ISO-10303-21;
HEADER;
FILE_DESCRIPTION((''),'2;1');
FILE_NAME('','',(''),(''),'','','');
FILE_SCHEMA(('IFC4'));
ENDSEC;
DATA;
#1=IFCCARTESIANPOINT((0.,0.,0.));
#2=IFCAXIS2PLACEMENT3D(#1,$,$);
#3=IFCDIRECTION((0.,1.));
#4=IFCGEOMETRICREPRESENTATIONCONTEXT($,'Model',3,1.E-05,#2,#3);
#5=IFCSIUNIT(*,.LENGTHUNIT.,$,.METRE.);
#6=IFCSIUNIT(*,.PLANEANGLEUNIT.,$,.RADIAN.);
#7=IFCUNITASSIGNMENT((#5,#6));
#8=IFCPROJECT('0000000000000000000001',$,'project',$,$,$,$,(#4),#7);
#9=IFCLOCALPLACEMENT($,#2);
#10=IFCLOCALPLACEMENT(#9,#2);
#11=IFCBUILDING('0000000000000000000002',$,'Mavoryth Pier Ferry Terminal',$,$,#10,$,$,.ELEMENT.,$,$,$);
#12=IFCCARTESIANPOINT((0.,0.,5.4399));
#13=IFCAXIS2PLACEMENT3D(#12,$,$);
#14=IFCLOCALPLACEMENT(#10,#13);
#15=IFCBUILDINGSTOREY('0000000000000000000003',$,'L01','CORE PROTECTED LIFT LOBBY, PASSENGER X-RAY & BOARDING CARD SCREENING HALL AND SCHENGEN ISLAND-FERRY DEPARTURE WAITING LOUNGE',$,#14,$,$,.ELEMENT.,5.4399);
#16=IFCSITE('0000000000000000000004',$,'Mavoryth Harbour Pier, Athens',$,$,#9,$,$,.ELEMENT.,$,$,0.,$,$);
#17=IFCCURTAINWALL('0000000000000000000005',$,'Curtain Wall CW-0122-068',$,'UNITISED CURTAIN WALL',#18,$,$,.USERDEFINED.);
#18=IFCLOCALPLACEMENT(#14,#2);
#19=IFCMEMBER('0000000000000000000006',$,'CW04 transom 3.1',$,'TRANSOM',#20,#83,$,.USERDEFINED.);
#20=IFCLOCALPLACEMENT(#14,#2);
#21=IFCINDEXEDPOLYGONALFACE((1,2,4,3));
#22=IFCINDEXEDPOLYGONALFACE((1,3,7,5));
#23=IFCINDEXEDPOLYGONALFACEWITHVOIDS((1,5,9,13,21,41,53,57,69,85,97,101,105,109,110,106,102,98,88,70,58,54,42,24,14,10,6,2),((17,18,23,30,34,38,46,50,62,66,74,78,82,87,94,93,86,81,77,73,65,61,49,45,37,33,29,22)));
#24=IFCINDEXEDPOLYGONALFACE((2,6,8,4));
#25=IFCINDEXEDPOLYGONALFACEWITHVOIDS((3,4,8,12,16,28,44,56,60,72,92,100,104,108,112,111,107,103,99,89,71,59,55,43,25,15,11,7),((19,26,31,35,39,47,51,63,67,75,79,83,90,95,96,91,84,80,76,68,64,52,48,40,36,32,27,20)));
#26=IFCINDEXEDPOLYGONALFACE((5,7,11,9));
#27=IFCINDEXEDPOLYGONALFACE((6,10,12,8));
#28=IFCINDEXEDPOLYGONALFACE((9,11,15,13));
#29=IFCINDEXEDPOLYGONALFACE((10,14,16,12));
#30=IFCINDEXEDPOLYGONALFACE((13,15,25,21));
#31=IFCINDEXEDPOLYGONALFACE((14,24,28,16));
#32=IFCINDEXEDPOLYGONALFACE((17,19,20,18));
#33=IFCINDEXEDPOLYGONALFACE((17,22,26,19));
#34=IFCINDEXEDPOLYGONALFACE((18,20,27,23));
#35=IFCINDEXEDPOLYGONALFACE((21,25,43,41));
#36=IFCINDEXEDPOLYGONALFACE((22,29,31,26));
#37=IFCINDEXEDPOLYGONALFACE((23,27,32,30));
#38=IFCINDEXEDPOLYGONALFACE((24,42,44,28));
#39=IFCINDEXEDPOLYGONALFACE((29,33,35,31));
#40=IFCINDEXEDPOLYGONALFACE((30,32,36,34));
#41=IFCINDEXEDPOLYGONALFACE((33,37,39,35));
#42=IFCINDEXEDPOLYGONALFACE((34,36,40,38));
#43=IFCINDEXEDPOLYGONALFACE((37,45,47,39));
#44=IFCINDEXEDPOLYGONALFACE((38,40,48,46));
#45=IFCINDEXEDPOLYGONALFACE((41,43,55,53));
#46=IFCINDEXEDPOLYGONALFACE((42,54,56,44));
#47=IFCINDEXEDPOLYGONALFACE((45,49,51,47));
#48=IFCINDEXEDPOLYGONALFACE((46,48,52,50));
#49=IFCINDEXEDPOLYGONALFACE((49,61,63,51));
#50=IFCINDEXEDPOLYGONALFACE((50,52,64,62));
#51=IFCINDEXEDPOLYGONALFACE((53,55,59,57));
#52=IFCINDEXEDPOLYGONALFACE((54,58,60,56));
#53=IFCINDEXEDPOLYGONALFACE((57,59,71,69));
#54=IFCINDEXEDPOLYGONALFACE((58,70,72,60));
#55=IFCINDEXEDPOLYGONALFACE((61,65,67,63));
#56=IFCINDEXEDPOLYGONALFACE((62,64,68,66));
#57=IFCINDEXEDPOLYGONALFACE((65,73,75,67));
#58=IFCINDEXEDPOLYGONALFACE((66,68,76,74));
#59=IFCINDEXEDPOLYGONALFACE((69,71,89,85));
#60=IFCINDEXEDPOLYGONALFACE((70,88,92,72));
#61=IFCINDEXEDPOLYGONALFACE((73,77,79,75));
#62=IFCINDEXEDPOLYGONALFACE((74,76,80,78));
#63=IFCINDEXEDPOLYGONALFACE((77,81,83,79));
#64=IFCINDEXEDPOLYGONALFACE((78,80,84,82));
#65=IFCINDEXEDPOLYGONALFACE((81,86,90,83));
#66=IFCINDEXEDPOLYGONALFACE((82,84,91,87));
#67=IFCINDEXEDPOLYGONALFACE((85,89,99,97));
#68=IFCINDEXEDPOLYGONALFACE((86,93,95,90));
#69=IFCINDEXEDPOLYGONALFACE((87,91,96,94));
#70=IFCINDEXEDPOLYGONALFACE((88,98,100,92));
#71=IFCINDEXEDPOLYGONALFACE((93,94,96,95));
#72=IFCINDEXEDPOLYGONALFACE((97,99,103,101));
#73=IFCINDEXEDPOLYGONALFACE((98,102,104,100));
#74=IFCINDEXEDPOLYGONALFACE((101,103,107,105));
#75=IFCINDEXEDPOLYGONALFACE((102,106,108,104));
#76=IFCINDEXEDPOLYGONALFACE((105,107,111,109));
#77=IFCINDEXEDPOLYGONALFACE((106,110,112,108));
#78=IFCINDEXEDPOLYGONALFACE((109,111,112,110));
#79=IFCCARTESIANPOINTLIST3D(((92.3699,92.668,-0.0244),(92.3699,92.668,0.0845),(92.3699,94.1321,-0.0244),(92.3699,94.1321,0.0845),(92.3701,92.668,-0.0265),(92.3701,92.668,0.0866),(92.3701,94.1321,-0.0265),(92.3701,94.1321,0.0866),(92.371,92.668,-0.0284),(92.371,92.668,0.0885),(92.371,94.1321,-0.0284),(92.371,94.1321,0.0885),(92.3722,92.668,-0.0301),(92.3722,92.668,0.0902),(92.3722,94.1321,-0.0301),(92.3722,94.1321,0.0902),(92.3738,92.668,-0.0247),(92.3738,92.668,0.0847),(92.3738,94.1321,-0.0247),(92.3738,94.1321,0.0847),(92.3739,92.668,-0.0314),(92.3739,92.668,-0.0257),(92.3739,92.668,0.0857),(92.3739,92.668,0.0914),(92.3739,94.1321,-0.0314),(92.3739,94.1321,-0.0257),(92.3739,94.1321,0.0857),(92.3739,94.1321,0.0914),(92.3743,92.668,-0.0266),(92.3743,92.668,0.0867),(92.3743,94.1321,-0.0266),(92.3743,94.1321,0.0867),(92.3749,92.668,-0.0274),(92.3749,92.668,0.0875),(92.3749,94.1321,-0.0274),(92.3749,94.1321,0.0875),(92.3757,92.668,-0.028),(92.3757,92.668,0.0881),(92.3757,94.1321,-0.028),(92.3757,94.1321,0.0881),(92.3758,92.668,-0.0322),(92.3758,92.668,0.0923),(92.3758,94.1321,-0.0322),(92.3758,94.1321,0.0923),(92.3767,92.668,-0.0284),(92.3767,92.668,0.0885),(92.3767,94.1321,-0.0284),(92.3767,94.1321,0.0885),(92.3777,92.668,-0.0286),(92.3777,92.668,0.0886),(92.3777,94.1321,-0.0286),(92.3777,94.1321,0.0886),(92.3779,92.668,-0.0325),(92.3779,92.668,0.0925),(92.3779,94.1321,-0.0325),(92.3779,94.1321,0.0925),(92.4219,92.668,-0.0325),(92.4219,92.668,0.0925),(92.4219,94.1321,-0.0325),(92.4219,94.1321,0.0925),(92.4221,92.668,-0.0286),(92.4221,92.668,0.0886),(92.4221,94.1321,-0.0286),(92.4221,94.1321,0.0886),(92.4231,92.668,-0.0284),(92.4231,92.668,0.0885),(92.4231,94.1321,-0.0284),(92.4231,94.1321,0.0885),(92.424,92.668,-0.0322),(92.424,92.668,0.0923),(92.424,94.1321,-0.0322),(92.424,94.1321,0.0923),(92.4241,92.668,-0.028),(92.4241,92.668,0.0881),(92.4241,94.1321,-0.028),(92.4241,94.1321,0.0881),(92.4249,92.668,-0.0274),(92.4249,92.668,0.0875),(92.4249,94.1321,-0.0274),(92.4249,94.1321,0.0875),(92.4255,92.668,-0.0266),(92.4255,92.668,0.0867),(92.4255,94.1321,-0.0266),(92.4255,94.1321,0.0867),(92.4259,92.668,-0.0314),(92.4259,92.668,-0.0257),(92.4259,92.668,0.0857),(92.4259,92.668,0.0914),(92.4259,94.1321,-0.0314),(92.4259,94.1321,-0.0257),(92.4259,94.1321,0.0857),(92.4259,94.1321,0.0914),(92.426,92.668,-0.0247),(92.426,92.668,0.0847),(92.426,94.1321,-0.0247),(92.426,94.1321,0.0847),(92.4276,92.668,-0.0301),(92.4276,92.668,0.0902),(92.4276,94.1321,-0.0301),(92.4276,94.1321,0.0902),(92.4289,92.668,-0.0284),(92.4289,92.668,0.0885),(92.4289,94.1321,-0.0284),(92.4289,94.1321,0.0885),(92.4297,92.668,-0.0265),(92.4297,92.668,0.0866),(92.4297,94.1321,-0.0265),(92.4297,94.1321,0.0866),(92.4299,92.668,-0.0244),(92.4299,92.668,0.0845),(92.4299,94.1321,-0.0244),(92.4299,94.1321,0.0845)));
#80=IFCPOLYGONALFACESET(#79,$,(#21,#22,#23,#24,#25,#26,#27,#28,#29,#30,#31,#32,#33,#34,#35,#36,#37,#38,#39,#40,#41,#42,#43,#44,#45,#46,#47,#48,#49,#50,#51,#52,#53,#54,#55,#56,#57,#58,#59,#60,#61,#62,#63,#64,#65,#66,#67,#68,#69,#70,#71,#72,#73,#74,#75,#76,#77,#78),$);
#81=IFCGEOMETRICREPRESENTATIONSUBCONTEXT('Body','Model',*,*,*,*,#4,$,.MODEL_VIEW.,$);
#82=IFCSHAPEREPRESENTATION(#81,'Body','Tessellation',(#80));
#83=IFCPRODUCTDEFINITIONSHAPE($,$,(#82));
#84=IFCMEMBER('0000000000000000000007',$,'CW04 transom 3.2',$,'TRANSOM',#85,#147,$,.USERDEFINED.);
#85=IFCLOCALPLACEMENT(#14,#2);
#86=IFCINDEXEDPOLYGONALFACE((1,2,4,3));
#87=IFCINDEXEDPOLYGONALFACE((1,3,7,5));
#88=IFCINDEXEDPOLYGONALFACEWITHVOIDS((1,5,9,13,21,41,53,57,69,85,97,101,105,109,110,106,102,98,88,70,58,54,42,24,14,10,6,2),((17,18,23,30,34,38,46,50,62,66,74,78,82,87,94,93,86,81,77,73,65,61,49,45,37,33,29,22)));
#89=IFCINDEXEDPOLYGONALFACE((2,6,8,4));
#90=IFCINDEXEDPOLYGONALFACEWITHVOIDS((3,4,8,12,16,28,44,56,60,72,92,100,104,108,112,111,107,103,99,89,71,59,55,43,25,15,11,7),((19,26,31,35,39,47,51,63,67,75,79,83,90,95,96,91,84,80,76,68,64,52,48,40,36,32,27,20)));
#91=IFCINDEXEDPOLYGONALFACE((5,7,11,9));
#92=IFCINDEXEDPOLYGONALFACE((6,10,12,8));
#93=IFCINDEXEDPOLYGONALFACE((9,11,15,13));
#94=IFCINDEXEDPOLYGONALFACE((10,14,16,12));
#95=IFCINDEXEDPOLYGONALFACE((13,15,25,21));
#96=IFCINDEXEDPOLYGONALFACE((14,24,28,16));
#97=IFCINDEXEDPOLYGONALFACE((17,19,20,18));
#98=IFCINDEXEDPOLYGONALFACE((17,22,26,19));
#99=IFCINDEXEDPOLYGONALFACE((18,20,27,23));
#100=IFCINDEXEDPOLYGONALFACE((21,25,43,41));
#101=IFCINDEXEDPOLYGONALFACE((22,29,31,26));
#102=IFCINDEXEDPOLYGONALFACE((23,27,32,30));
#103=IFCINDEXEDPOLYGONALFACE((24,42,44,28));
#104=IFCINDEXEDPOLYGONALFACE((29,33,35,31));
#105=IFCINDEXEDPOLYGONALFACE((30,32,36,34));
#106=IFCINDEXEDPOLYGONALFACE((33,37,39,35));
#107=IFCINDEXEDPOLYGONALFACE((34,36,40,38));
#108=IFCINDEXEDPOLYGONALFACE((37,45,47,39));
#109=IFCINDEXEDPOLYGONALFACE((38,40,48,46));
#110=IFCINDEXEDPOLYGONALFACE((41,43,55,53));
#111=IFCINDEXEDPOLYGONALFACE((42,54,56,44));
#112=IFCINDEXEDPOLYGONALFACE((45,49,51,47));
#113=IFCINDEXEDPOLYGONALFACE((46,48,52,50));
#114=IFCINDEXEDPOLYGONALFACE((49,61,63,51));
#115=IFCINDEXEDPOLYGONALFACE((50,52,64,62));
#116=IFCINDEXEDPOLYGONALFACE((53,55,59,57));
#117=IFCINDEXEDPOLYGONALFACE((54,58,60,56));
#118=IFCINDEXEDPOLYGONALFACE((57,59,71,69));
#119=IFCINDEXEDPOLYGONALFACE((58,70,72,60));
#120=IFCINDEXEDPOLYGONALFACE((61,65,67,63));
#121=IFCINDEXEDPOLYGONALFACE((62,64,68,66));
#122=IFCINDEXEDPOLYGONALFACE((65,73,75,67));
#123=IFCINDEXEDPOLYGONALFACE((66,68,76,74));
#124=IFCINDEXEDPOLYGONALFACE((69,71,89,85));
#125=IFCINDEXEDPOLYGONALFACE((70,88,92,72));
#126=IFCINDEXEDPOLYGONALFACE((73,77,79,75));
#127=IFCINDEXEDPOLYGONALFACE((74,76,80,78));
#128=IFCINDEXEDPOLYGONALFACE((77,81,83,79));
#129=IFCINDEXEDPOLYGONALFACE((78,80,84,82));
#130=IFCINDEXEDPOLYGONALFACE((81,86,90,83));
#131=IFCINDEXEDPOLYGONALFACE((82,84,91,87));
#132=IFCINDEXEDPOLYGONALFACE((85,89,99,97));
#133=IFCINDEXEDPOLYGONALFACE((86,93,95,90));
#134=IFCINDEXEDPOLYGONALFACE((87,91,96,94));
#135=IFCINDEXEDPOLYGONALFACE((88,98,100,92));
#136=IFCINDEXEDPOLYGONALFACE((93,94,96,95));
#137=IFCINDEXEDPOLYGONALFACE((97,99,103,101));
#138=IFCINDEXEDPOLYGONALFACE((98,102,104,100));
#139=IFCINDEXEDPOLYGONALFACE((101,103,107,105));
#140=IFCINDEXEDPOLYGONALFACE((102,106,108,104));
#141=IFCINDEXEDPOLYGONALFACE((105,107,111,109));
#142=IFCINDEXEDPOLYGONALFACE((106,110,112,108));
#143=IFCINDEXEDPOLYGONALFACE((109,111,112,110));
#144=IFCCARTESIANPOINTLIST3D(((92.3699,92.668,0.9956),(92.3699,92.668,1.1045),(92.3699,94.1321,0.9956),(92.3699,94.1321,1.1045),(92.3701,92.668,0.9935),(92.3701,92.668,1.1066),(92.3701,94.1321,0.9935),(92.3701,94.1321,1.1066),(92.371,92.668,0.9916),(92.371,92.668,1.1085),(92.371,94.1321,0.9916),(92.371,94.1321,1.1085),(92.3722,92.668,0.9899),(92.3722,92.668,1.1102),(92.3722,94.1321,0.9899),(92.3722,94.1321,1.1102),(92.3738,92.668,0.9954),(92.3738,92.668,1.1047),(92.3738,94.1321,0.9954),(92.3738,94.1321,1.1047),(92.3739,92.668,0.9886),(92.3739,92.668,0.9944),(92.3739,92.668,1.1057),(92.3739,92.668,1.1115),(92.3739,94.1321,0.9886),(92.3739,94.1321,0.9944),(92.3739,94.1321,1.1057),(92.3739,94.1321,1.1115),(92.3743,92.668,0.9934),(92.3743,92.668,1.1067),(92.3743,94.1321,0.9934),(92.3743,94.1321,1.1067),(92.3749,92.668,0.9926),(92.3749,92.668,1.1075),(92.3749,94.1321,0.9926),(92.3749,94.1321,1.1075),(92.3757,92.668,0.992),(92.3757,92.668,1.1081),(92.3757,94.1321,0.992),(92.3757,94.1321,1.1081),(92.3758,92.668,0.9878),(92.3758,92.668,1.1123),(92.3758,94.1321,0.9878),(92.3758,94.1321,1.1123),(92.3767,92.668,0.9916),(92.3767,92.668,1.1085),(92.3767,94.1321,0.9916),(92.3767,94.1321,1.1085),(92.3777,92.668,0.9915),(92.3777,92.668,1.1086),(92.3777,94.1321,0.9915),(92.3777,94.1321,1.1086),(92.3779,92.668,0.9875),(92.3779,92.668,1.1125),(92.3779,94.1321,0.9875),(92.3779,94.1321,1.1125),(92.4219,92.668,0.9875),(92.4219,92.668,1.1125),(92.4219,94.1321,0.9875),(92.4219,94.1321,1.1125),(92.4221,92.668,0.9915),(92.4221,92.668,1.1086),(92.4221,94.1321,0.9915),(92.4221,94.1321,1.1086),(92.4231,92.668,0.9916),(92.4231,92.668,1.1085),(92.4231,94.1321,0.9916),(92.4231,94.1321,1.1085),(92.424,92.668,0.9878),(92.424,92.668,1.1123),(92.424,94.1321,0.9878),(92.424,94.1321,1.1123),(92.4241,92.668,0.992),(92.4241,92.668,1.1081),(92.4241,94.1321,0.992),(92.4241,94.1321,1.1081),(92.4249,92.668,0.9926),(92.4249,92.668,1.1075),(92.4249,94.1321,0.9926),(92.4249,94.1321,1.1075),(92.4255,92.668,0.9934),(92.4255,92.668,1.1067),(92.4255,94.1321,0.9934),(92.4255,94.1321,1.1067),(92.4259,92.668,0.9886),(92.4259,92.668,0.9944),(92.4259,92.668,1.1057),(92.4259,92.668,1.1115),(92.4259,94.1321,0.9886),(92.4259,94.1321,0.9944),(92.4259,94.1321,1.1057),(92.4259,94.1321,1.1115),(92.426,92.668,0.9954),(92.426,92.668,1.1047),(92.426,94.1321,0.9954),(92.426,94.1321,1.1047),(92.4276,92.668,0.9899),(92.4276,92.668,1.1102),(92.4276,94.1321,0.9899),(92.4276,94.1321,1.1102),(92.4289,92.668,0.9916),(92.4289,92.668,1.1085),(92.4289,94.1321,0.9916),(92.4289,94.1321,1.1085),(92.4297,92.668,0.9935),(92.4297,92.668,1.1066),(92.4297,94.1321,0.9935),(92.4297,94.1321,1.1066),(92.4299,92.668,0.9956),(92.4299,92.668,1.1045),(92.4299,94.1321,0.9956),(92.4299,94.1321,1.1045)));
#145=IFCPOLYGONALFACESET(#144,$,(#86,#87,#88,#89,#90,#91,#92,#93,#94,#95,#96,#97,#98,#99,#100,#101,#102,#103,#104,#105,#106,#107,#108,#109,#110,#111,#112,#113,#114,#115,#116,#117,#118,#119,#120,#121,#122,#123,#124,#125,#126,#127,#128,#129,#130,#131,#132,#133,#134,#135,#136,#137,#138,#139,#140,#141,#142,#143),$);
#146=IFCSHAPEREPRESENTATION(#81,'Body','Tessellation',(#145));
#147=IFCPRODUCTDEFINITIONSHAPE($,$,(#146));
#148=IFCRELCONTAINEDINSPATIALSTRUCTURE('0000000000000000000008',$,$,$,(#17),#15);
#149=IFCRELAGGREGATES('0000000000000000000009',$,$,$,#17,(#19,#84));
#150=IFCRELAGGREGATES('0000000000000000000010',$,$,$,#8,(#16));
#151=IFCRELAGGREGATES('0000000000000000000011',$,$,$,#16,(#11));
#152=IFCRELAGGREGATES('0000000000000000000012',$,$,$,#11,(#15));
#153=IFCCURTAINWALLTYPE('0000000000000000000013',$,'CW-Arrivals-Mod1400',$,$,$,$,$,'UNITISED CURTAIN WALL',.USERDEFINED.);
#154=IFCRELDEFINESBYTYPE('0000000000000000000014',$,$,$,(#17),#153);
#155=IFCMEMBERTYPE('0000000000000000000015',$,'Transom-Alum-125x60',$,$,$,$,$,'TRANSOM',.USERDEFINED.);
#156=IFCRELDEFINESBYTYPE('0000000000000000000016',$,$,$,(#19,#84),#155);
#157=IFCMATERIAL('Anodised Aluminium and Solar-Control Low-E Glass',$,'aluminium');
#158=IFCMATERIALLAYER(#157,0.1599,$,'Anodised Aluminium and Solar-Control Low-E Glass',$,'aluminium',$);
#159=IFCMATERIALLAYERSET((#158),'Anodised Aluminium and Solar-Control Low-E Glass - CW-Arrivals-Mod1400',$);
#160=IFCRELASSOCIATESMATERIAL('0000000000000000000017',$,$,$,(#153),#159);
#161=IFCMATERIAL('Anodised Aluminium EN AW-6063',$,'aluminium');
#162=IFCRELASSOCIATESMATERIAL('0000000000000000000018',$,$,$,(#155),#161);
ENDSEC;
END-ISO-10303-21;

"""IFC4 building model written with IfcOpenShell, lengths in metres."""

from ifc_helpers import new_model, si_unit, direction, frame, origin, origin_2d, place, context, subcontext, project, spatial, hollow_rectangle, extrude, material, layer, layer_set, material_profile, profile_set, type_object, element, aggregate, save


model = new_model("IFC4")

# Units and contexts
model_context = context("Model", 3, precision=1e-05, world=origin(), true_north=direction((0.0, 1.0)))
body_context = subcontext(model_context, "Body", "Model", "MODEL_VIEW")
ifc_project = project(units=[si_unit("LENGTHUNIT", "METRE"), si_unit("PLANEANGLEUNIT", "RADIAN")], contexts=[model_context])

# Site, building, storey
site_placement = place(None, origin())
site = spatial("IfcSite", under=ifc_project, at=site_placement, Name="Mavoryth Harbour Pier, Athens", CompositionType="ELEMENT", RefElevation=0.0)
building_placement = place(site_placement, origin())
building = spatial("IfcBuilding", under=site, at=building_placement, Name="Mavoryth Pier Ferry Terminal", CompositionType="ELEMENT")
storey_placement = place(building_placement, frame((0.0, 0.0, 5.4399)))
storey = spatial("IfcBuildingStorey", under=building, at=storey_placement, Name="L01", Description="CORE PROTECTED LIFT LOBBY, PASSENGER X-RAY & BOARDING CARD SCREENING HALL AND SCHENGEN ISLAND-FERRY DEPARTURE WAITING LOUNGE", CompositionType="ELEMENT", Elevation=5.4399)

# Curtain wall, members
ifc_material_1 = material(Name="Anodised Aluminium and Solar-Control Low-E Glass", Category="aluminium")
ifc_layer_1 = layer(ifc_material_1, 0.1599, Name="Anodised Aluminium and Solar-Control Low-E Glass", Category="aluminium")
ifc_layer_set_1 = layer_set([ifc_layer_1], Name="Anodised Aluminium and Solar-Control Low-E Glass - CW-Arrivals-Mod1400")
curtain_wall_type = type_object("IfcCurtainWallType", Name="CW-Arrivals-Mod1400", ElementType="UNITISED CURTAIN WALL", PredefinedType="USERDEFINED", material=ifc_layer_set_1)
curtain_wall_placement = place(storey_placement, origin())
curtain_wall = element("IfcCurtainWall", 1, at=curtain_wall_placement, inside=storey, type_object=curtain_wall_type, Name="Curtain Wall CW-0122-068", ObjectType="UNITISED CURTAIN WALL", PredefinedType="USERDEFINED")
ifc_material_2 = material(Name="Anodised Aluminium EN AW-6063", Category="aluminium")
ifc_material_profile_1 = material_profile(ifc_material_2, hollow_rectangle(XDim=0.0601, YDim=0.125, WallThickness=0.0039, InnerFilletRadius=0.0039, OuterFilletRadius=0.0081, at=origin_2d()), Name="AL-TRAN 125x60x4", Category="aluminium")
ifc_profile_set_1 = profile_set([ifc_material_profile_1], Name="Anodised Aluminium EN AW-6063 - AL-TRAN 125x60x4")
member_type_1 = type_object("IfcMemberType", Name="Transom-Alum-125x60", ElementType="TRANSOM", PredefinedType="USERDEFINED", material=ifc_profile_set_1)
member_1_placement = place(storey_placement, frame((92.3999, 92.668, 0.03), z_axis=(0.0, 1.0, 0.0), x_axis=(-1.0, 0.0, 0.0)))
member_1 = element("IfcMember", 2, at=member_1_placement, type_object=member_type_1, Name="CW04 transom 3.1", ObjectType="TRANSOM", PredefinedType="USERDEFINED", context=body_context, shape_type="SweptSolid", body=[
    extrude(hollow_rectangle(XDim=0.0601, YDim=0.125, WallThickness=0.0039, InnerFilletRadius=0.0039, OuterFilletRadius=0.0081, at=origin_2d()), origin(), (0.0, 0.0, 1.0), 1.4641),
])
member_2_placement = place(storey_placement, frame((92.3999, 92.668, 1.05), z_axis=(0.0, 1.0, 0.0), x_axis=(-1.0, 0.0, 0.0)))
member_2 = element("IfcMember", 3, at=member_2_placement, type_object=member_type_1, Name="CW04 transom 3.2", ObjectType="TRANSOM", PredefinedType="USERDEFINED", context=body_context, shape_type="SweptSolid", body=[
    extrude(hollow_rectangle(XDim=0.0601, YDim=0.125, WallThickness=0.0039, InnerFilletRadius=0.0039, OuterFilletRadius=0.0081, at=origin_2d()), origin(), (0.0, 0.0, 1.0), 1.4641),
])
aggregate(curtain_wall, [member_1, member_2])

save(model, "model.ifc")
